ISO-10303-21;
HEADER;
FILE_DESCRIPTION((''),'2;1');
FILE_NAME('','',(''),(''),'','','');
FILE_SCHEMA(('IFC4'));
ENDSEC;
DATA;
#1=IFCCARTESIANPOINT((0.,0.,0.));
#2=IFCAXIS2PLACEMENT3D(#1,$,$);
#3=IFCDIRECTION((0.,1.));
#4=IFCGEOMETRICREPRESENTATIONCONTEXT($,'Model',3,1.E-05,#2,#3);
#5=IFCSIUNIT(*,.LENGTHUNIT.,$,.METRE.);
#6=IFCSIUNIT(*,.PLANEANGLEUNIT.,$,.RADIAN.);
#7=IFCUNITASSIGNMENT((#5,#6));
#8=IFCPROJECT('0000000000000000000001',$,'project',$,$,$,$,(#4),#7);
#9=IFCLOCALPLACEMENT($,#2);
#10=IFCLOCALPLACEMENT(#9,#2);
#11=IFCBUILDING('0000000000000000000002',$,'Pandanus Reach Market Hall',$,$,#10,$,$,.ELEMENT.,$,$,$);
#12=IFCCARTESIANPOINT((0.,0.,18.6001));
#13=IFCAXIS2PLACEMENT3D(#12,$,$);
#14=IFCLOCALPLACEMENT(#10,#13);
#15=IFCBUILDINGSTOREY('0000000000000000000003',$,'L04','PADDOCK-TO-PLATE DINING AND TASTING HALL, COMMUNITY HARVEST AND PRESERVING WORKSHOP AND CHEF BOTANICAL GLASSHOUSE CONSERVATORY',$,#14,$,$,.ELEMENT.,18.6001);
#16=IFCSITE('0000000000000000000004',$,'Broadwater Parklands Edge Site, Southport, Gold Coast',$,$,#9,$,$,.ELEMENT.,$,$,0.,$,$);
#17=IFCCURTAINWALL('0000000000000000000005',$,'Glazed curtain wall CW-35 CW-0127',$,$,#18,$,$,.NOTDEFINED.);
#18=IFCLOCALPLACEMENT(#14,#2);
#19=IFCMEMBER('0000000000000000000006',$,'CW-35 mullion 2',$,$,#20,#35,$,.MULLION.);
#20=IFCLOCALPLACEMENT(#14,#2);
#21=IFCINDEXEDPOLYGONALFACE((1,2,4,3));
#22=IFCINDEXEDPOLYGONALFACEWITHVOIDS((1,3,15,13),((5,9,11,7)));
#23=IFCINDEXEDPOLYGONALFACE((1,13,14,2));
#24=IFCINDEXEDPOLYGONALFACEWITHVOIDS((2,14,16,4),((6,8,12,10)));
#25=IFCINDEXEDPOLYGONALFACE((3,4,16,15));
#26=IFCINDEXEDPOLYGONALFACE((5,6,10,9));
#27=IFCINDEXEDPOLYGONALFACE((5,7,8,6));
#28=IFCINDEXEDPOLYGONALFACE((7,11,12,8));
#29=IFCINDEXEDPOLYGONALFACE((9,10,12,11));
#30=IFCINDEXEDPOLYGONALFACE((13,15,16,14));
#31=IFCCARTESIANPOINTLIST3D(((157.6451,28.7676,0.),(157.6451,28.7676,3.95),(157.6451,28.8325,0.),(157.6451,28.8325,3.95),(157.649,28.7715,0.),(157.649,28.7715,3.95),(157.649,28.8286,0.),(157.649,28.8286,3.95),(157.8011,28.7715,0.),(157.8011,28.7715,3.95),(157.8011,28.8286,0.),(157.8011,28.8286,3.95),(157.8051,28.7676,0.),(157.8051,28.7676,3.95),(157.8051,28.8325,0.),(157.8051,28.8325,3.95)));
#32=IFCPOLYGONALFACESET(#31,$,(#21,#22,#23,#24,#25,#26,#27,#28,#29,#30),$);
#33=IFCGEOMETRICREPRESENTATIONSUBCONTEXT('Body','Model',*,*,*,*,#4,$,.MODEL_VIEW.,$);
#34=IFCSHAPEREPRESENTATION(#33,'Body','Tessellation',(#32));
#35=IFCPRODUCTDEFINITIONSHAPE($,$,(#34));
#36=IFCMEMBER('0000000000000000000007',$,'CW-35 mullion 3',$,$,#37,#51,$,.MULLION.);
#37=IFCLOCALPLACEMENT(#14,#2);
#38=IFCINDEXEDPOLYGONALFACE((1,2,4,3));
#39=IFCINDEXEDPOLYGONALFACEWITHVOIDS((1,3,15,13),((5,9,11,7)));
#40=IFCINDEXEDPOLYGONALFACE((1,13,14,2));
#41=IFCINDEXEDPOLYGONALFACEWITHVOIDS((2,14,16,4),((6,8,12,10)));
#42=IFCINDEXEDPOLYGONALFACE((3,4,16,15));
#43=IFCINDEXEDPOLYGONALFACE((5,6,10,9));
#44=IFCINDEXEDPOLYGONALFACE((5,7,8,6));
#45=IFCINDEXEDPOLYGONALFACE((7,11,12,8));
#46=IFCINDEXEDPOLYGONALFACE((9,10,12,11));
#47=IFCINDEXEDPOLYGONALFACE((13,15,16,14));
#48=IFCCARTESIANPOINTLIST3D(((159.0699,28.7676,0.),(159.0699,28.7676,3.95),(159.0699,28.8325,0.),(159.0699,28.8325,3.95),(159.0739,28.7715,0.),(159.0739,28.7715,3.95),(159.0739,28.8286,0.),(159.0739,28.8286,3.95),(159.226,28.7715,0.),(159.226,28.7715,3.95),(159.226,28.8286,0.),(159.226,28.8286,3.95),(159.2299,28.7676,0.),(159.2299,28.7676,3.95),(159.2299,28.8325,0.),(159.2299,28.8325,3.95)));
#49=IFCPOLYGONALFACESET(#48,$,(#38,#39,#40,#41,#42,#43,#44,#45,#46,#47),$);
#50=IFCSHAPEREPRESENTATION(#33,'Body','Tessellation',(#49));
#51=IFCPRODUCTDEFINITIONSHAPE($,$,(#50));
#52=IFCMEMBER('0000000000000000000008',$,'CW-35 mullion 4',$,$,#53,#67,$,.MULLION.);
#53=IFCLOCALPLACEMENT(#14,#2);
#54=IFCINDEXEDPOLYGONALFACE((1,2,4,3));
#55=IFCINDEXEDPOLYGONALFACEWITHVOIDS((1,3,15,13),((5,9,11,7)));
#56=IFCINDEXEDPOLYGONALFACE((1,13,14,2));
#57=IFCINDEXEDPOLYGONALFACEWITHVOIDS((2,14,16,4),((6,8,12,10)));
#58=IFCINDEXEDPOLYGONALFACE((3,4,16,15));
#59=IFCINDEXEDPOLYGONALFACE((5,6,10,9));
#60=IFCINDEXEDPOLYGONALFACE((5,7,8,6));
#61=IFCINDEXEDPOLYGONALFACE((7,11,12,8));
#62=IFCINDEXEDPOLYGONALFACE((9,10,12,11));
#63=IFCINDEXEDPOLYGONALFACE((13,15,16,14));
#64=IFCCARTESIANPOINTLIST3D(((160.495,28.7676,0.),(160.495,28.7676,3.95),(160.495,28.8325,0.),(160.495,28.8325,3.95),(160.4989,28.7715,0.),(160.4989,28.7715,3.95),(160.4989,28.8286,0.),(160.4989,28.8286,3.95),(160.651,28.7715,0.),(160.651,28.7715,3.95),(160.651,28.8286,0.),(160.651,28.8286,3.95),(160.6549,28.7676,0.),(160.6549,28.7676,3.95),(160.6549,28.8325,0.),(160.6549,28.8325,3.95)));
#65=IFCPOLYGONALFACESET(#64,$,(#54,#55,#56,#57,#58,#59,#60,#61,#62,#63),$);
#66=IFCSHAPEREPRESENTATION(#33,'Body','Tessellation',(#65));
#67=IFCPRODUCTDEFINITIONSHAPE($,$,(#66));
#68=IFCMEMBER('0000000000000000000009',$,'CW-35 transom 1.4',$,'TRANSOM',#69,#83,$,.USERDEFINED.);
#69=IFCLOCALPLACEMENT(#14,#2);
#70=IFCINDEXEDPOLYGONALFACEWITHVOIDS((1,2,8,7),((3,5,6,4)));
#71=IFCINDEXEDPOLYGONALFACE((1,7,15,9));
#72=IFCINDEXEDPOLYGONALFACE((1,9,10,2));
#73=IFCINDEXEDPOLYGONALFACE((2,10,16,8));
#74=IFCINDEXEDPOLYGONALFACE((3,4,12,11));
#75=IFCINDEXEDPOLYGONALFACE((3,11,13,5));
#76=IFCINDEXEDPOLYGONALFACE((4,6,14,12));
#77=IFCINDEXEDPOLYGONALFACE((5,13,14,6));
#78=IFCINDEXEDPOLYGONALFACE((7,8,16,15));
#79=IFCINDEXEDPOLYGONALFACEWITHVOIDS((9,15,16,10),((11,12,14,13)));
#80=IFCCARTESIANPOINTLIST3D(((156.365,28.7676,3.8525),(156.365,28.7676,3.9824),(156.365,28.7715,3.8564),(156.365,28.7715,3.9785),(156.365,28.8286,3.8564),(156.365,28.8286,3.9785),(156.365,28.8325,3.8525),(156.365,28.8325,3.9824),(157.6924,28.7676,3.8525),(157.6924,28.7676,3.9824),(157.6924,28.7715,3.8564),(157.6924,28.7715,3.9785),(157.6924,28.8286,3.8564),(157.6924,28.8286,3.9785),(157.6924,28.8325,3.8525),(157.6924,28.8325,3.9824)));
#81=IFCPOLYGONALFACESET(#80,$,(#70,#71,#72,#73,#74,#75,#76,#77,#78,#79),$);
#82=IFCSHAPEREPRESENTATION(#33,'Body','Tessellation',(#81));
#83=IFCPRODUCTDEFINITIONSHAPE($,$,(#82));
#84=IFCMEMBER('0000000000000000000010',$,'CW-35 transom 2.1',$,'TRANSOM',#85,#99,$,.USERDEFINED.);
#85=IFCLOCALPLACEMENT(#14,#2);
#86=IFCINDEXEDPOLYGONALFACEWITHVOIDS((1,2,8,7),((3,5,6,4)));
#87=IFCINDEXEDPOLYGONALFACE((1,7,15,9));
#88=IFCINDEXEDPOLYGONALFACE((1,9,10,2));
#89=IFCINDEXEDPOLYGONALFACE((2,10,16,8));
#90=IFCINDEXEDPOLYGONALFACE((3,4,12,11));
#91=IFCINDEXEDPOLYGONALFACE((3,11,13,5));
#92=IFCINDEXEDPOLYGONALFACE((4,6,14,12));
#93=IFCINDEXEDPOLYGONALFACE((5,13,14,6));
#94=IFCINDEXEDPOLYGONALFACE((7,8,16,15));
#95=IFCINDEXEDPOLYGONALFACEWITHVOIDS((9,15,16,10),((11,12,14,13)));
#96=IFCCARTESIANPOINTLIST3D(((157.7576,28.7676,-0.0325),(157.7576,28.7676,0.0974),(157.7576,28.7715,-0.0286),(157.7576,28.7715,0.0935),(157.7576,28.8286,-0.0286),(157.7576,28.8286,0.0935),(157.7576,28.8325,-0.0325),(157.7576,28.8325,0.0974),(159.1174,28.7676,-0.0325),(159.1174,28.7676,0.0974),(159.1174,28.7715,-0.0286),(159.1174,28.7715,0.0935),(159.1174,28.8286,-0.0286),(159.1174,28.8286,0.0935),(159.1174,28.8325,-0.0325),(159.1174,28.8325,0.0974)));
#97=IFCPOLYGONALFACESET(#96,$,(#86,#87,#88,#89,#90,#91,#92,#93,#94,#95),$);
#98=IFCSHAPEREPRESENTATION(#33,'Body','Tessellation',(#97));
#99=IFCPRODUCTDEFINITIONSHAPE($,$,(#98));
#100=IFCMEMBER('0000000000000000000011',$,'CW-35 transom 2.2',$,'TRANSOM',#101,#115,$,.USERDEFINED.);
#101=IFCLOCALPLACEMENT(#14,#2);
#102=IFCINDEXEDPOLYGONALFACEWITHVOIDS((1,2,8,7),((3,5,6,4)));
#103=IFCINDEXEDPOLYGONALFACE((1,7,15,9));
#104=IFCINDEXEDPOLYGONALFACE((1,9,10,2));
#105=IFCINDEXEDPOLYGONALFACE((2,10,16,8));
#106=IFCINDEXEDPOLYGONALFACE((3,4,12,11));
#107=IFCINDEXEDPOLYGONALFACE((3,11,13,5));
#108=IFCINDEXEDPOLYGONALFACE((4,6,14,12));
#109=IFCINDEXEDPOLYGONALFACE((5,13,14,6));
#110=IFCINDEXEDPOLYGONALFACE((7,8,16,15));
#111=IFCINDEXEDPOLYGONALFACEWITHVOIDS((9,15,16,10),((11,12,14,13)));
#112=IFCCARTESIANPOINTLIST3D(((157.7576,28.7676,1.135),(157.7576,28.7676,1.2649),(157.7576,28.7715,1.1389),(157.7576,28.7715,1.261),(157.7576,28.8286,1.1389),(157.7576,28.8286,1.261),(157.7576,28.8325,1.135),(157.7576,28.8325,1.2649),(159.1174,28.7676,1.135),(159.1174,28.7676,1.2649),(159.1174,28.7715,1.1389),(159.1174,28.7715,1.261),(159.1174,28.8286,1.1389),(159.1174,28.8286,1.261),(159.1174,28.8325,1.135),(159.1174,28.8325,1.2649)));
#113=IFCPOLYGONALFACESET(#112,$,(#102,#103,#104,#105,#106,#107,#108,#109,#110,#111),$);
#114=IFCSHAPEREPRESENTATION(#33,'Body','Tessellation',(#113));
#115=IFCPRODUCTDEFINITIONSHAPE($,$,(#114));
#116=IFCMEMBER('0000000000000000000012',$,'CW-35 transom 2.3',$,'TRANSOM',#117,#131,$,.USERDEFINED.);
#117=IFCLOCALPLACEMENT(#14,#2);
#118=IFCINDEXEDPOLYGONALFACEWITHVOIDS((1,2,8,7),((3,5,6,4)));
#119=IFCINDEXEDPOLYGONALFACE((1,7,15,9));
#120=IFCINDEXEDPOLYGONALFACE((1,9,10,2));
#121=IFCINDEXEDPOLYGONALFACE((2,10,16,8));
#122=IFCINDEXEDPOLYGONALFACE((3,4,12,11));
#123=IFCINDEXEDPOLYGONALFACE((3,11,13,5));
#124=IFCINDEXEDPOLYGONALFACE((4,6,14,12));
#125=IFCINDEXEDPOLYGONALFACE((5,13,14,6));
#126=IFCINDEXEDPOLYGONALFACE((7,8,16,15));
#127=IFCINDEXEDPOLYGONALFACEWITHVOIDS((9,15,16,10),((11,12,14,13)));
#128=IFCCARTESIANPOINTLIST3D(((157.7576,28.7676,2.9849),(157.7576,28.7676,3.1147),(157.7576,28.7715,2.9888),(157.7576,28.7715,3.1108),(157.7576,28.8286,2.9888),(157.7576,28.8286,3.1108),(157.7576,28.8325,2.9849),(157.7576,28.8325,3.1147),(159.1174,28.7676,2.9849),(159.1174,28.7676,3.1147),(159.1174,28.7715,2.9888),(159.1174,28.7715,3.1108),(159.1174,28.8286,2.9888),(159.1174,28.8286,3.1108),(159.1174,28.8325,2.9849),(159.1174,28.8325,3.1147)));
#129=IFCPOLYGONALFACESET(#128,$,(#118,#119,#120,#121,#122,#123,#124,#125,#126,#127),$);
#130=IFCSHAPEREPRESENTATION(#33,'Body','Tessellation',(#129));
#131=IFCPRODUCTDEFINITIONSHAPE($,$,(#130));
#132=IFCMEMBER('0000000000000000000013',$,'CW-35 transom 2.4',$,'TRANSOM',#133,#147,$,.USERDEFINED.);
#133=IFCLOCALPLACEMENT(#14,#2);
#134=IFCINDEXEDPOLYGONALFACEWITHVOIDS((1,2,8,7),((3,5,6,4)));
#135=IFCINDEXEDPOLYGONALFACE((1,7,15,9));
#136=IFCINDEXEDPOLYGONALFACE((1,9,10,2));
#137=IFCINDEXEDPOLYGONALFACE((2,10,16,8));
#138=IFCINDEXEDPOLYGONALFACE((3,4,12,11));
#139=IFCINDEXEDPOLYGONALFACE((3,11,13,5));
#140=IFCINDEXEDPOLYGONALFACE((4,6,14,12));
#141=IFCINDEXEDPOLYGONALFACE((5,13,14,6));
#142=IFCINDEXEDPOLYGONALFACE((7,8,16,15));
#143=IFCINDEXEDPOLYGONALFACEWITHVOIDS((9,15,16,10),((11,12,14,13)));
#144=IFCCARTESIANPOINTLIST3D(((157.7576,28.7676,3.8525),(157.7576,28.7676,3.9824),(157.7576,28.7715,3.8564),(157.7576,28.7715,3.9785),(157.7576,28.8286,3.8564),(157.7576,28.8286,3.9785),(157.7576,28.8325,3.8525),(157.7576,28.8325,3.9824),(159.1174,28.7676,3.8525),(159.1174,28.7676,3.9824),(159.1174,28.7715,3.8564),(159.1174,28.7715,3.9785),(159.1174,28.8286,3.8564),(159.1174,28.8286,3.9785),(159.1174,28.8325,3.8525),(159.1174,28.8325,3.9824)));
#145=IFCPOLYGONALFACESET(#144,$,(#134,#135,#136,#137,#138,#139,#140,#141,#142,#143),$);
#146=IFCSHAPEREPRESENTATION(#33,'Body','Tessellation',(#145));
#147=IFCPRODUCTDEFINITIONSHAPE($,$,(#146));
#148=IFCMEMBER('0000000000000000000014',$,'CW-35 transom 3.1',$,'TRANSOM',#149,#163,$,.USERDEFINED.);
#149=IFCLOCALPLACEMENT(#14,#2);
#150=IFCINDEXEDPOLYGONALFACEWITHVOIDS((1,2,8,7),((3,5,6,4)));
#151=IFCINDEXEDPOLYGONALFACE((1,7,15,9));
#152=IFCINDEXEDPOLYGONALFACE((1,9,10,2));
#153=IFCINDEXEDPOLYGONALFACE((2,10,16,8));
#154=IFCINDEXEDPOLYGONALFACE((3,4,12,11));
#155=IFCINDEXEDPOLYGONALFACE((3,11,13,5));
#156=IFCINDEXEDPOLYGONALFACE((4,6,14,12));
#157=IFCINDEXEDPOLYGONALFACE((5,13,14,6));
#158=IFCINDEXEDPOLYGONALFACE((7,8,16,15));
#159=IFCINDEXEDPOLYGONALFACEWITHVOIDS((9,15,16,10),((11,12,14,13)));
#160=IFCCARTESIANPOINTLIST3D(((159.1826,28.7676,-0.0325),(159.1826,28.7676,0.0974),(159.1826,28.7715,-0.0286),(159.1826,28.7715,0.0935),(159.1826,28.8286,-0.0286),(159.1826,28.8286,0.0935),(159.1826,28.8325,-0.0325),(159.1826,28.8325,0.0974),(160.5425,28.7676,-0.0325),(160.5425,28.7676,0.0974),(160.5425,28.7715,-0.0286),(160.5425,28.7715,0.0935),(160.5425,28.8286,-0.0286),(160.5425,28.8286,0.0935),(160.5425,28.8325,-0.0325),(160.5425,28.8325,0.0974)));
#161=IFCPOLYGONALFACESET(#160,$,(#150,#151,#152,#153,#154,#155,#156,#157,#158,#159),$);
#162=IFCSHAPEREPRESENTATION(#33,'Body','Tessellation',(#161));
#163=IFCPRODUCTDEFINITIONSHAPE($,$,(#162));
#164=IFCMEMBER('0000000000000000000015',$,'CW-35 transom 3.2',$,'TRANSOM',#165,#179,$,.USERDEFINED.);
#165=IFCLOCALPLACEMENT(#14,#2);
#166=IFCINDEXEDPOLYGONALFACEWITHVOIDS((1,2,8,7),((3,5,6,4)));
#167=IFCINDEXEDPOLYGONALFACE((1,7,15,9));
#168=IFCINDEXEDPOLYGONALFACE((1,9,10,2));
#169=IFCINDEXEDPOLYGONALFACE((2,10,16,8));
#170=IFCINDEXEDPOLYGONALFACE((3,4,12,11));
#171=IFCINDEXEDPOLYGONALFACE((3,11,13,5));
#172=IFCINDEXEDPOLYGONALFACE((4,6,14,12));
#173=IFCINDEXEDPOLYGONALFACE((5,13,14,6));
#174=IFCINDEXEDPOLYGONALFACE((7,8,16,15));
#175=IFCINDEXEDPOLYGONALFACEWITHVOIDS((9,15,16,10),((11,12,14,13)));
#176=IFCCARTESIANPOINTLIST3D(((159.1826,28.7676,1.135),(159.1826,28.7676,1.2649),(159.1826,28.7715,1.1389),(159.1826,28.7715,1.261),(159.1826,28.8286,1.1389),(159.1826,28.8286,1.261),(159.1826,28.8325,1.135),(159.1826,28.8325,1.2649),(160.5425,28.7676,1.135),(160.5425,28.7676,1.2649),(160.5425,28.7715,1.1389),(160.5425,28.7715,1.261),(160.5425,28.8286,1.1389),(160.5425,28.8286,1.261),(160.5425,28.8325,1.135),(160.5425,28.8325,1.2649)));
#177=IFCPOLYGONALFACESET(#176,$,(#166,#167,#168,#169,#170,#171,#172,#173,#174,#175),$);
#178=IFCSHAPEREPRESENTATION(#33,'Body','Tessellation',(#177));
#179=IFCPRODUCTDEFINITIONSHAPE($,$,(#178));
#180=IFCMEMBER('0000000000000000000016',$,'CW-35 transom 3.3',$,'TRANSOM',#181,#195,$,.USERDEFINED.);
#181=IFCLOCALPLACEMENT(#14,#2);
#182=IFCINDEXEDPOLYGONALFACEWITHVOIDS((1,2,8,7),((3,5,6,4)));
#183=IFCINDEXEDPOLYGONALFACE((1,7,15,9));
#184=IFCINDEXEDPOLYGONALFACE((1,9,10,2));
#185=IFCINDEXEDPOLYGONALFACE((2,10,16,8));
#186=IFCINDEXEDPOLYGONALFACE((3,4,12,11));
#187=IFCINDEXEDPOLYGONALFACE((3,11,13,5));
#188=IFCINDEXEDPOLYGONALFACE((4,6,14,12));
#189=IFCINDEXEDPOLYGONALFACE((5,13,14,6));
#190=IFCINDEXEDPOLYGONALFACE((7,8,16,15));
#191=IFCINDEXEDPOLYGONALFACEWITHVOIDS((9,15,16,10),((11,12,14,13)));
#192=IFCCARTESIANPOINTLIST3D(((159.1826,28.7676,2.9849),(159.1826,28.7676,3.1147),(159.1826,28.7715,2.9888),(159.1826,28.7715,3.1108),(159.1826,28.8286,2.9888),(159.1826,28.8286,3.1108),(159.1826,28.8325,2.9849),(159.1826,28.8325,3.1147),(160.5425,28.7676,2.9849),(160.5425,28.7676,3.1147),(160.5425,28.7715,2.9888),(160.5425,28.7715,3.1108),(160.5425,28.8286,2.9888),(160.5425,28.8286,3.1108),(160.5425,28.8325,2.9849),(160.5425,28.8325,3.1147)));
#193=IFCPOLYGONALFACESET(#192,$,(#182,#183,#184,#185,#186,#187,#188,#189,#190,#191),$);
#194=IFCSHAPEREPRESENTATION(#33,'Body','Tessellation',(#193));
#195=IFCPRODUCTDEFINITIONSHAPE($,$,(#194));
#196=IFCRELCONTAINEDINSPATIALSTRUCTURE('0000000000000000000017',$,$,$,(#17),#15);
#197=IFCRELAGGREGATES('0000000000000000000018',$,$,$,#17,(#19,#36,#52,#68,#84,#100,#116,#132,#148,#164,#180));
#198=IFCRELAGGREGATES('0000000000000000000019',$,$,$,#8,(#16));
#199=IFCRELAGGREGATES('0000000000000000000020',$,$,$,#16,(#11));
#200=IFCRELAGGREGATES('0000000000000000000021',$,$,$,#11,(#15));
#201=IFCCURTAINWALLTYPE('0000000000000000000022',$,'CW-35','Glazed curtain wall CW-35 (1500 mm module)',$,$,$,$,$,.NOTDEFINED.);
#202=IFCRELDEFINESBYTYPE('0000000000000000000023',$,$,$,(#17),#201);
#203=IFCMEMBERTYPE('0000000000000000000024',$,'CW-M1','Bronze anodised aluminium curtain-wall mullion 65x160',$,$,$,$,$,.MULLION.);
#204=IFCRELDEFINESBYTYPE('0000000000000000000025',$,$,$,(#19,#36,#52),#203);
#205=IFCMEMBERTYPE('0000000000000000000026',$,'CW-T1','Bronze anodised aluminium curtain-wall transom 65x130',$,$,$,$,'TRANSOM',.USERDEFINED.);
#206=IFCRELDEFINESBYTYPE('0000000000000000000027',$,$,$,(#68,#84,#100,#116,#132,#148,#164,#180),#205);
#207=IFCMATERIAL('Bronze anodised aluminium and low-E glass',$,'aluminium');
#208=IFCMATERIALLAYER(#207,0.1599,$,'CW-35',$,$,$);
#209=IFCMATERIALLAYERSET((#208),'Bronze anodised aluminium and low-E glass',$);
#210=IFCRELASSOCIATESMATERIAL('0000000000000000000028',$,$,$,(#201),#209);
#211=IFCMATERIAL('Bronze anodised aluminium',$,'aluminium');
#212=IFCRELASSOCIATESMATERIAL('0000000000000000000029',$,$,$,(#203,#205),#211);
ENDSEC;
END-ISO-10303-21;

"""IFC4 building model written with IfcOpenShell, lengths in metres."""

from ifc_helpers import new_model, si_unit, direction, frame, origin, origin_2d, place, context, subcontext, project, spatial, hollow_rectangle, extrude, material, layer, layer_set, material_profile, profile_set, type_object, element, aggregate, save


model = new_model("IFC4")

# Units and contexts
model_context = context("Model", 3, precision=1e-05, world=origin(), true_north=direction((0.0, 1.0)))
body_context = subcontext(model_context, "Body", "Model", "MODEL_VIEW")
ifc_project = project(units=[si_unit("LENGTHUNIT", "METRE"), si_unit("PLANEANGLEUNIT", "RADIAN")], contexts=[model_context])

# Site, building, storey
site_placement = place(None, origin())
site = spatial("IfcSite", under=ifc_project, at=site_placement, Name="Broadwater Parklands Edge Site, Southport, Gold Coast", CompositionType="ELEMENT", RefElevation=0.0)
building_placement = place(site_placement, origin())
building = spatial("IfcBuilding", under=site, at=building_placement, Name="Pandanus Reach Market Hall", CompositionType="ELEMENT")
storey_placement = place(building_placement, frame((0.0, 0.0, 18.6001)))
storey = spatial("IfcBuildingStorey", under=building, at=storey_placement, Name="L04", Description="PADDOCK-TO-PLATE DINING AND TASTING HALL, COMMUNITY HARVEST AND PRESERVING WORKSHOP AND CHEF BOTANICAL GLASSHOUSE CONSERVATORY", CompositionType="ELEMENT", Elevation=18.6001)

# Curtain wall, members
ifc_material_1 = material(Name="Bronze anodised aluminium and low-E glass", Category="aluminium")
ifc_layer_1 = layer(ifc_material_1, 0.1599, Name="CW-35")
ifc_layer_set_1 = layer_set([ifc_layer_1], Name="Bronze anodised aluminium and low-E glass")
curtain_wall_type = type_object("IfcCurtainWallType", Name="CW-35", Description="Glazed curtain wall CW-35 (1500 mm module)", PredefinedType="NOTDEFINED", material=ifc_layer_set_1)
curtain_wall_placement = place(storey_placement, origin())
curtain_wall = element("IfcCurtainWall", 1, at=curtain_wall_placement, inside=storey, type_object=curtain_wall_type, Name="Glazed curtain wall CW-35 CW-0127", PredefinedType="NOTDEFINED")
ifc_material_2 = material(Name="Bronze anodised aluminium", Category="aluminium")
ifc_material_profile_1 = material_profile(ifc_material_2, hollow_rectangle(XDim=0.0649, YDim=0.1599, WallThickness=0.0039, at=origin_2d()), Name="ALU65x160", Category="LoadBearing")
ifc_profile_set_1 = profile_set([ifc_material_profile_1], Name="Bronze anodised aluminium")
member_type_1 = type_object("IfcMemberType", Name="CW-M1", Description="Bronze anodised aluminium curtain-wall mullion 65x160", PredefinedType="MULLION", material=ifc_profile_set_1)
member_1_placement = place(storey_placement, frame((157.7251, 28.8, 0.0), z_axis=(0.0, 0.0, 1.0), x_axis=(0.0, 1.0, 0.0)))
member_1 = element("IfcMember", 2, at=member_1_placement, type_object=member_type_1, Name="CW-35 mullion 2", PredefinedType="MULLION", context=body_context, shape_type="SweptSolid", body=[
    extrude(hollow_rectangle(XDim=0.0649, YDim=0.1599, WallThickness=0.0039, at=origin_2d()), origin(), (0.0, 0.0, 1.0), 3.95),
])
member_2_placement = place(storey_placement, frame((159.1499, 28.8, 0.0), z_axis=(0.0, 0.0, 1.0), x_axis=(0.0, 1.0, 0.0)))
member_2 = element("IfcMember", 3, at=member_2_placement, type_object=member_type_1, Name="CW-35 mullion 3", PredefinedType="MULLION", context=body_context, shape_type="SweptSolid", body=[
    extrude(hollow_rectangle(XDim=0.0649, YDim=0.1599, WallThickness=0.0039, at=origin_2d()), origin(), (0.0, 0.0, 1.0), 3.95),
])
member_3_placement = place(storey_placement, frame((160.575, 28.8, 0.0), z_axis=(0.0, 0.0, 1.0), x_axis=(0.0, 1.0, 0.0)))
member_3 = element("IfcMember", 4, at=member_3_placement, type_object=member_type_1, Name="CW-35 mullion 4", PredefinedType="MULLION", context=body_context, shape_type="SweptSolid", body=[
    extrude(hollow_rectangle(XDim=0.0649, YDim=0.1599, WallThickness=0.0039, at=origin_2d()), origin(), (0.0, 0.0, 1.0), 3.95),
])
ifc_material_profile_2 = material_profile(ifc_material_2, hollow_rectangle(XDim=0.0649, YDim=0.1299, WallThickness=0.0039, at=origin_2d()), Name="ALU65x130", Category="LoadBearing")
ifc_profile_set_2 = profile_set([ifc_material_profile_2], Name="Bronze anodised aluminium")
member_type_2 = type_object("IfcMemberType", Name="CW-T1", Description="Bronze anodised aluminium curtain-wall transom 65x130", ElementType="TRANSOM", PredefinedType="USERDEFINED", material=ifc_profile_set_2)
member_4_placement = place(storey_placement, frame((156.365, 28.8, 3.9175), z_axis=(1.0, 0.0, 0.0), x_axis=(0.0, 1.0, 0.0)))
member_4 = element("IfcMember", 5, at=member_4_placement, type_object=member_type_2, Name="CW-35 transom 1.4", ObjectType="TRANSOM", PredefinedType="USERDEFINED", context=body_context, shape_type="SweptSolid", body=[
    extrude(hollow_rectangle(XDim=0.0649, YDim=0.1299, WallThickness=0.0039, at=origin_2d()), origin(), (0.0, 0.0, 1.0), 1.3274),
])
member_5_placement = place(storey_placement, frame((157.7576, 28.8, 0.0325), z_axis=(1.0, 0.0, 0.0), x_axis=(0.0, 1.0, 0.0)))
member_5 = element("IfcMember", 6, at=member_5_placement, type_object=member_type_2, Name="CW-35 transom 2.1", ObjectType="TRANSOM", PredefinedType="USERDEFINED", context=body_context, shape_type="SweptSolid", body=[
    extrude(hollow_rectangle(XDim=0.0649, YDim=0.1299, WallThickness=0.0039, at=origin_2d()), origin(), (0.0, 0.0, 1.0), 1.3599),
])
member_6_placement = place(storey_placement, frame((157.7576, 28.8, 1.2), z_axis=(1.0, 0.0, 0.0), x_axis=(0.0, 1.0, 0.0)))
member_6 = element("IfcMember", 7, at=member_6_placement, type_object=member_type_2, Name="CW-35 transom 2.2", ObjectType="TRANSOM", PredefinedType="USERDEFINED", context=body_context, shape_type="SweptSolid", body=[
    extrude(hollow_rectangle(XDim=0.0649, YDim=0.1299, WallThickness=0.0039, at=origin_2d()), origin(), (0.0, 0.0, 1.0), 1.3599),
])
member_7_placement = place(storey_placement, frame((157.7576, 28.8, 3.0498), z_axis=(1.0, 0.0, 0.0), x_axis=(0.0, 1.0, 0.0)))
member_7 = element("IfcMember", 8, at=member_7_placement, type_object=member_type_2, Name="CW-35 transom 2.3", ObjectType="TRANSOM", PredefinedType="USERDEFINED", context=body_context, shape_type="SweptSolid", body=[
    extrude(hollow_rectangle(XDim=0.0649, YDim=0.1299, WallThickness=0.0039, at=origin_2d()), origin(), (0.0, 0.0, 1.0), 1.3599),
])
member_8_placement = place(storey_placement, frame((157.7576, 28.8, 3.9175), z_axis=(1.0, 0.0, 0.0), x_axis=(0.0, 1.0, 0.0)))
member_8 = element("IfcMember", 9, at=member_8_placement, type_object=member_type_2, Name="CW-35 transom 2.4", ObjectType="TRANSOM", PredefinedType="USERDEFINED", context=body_context, shape_type="SweptSolid", body=[
    extrude(hollow_rectangle(XDim=0.0649, YDim=0.1299, WallThickness=0.0039, at=origin_2d()), origin(), (0.0, 0.0, 1.0), 1.3599),
])
member_9_placement = place(storey_placement, frame((159.1826, 28.8, 0.0325), z_axis=(1.0, 0.0, 0.0), x_axis=(0.0, 1.0, 0.0)))
member_9 = element("IfcMember", 10, at=member_9_placement, type_object=member_type_2, Name="CW-35 transom 3.1", ObjectType="TRANSOM", PredefinedType="USERDEFINED", context=body_context, shape_type="SweptSolid", body=[
    extrude(hollow_rectangle(XDim=0.0649, YDim=0.1299, WallThickness=0.0039, at=origin_2d()), origin(), (0.0, 0.0, 1.0), 1.3599),
])
member_10_placement = place(storey_placement, frame((159.1826, 28.8, 1.2), z_axis=(1.0, 0.0, 0.0), x_axis=(0.0, 1.0, 0.0)))
member_10 = element("IfcMember", 11, at=member_10_placement, type_object=member_type_2, Name="CW-35 transom 3.2", ObjectType="TRANSOM", PredefinedType="USERDEFINED", context=body_context, shape_type="SweptSolid", body=[
    extrude(hollow_rectangle(XDim=0.0649, YDim=0.1299, WallThickness=0.0039, at=origin_2d()), origin(), (0.0, 0.0, 1.0), 1.3599),
])
member_11_placement = place(storey_placement, frame((159.1826, 28.8, 3.0498), z_axis=(1.0, 0.0, 0.0), x_axis=(0.0, 1.0, 0.0)))
member_11 = element("IfcMember", 12, at=member_11_placement, type_object=member_type_2, Name="CW-35 transom 3.3", ObjectType="TRANSOM", PredefinedType="USERDEFINED", context=body_context, shape_type="SweptSolid", body=[
    extrude(hollow_rectangle(XDim=0.0649, YDim=0.1299, WallThickness=0.0039, at=origin_2d()), origin(), (0.0, 0.0, 1.0), 1.3599),
])
aggregate(curtain_wall, [member_1, member_2, member_3, member_4, member_5, member_6, member_7, member_8, member_9, member_10, member_11])

save(model, "model.ifc")
